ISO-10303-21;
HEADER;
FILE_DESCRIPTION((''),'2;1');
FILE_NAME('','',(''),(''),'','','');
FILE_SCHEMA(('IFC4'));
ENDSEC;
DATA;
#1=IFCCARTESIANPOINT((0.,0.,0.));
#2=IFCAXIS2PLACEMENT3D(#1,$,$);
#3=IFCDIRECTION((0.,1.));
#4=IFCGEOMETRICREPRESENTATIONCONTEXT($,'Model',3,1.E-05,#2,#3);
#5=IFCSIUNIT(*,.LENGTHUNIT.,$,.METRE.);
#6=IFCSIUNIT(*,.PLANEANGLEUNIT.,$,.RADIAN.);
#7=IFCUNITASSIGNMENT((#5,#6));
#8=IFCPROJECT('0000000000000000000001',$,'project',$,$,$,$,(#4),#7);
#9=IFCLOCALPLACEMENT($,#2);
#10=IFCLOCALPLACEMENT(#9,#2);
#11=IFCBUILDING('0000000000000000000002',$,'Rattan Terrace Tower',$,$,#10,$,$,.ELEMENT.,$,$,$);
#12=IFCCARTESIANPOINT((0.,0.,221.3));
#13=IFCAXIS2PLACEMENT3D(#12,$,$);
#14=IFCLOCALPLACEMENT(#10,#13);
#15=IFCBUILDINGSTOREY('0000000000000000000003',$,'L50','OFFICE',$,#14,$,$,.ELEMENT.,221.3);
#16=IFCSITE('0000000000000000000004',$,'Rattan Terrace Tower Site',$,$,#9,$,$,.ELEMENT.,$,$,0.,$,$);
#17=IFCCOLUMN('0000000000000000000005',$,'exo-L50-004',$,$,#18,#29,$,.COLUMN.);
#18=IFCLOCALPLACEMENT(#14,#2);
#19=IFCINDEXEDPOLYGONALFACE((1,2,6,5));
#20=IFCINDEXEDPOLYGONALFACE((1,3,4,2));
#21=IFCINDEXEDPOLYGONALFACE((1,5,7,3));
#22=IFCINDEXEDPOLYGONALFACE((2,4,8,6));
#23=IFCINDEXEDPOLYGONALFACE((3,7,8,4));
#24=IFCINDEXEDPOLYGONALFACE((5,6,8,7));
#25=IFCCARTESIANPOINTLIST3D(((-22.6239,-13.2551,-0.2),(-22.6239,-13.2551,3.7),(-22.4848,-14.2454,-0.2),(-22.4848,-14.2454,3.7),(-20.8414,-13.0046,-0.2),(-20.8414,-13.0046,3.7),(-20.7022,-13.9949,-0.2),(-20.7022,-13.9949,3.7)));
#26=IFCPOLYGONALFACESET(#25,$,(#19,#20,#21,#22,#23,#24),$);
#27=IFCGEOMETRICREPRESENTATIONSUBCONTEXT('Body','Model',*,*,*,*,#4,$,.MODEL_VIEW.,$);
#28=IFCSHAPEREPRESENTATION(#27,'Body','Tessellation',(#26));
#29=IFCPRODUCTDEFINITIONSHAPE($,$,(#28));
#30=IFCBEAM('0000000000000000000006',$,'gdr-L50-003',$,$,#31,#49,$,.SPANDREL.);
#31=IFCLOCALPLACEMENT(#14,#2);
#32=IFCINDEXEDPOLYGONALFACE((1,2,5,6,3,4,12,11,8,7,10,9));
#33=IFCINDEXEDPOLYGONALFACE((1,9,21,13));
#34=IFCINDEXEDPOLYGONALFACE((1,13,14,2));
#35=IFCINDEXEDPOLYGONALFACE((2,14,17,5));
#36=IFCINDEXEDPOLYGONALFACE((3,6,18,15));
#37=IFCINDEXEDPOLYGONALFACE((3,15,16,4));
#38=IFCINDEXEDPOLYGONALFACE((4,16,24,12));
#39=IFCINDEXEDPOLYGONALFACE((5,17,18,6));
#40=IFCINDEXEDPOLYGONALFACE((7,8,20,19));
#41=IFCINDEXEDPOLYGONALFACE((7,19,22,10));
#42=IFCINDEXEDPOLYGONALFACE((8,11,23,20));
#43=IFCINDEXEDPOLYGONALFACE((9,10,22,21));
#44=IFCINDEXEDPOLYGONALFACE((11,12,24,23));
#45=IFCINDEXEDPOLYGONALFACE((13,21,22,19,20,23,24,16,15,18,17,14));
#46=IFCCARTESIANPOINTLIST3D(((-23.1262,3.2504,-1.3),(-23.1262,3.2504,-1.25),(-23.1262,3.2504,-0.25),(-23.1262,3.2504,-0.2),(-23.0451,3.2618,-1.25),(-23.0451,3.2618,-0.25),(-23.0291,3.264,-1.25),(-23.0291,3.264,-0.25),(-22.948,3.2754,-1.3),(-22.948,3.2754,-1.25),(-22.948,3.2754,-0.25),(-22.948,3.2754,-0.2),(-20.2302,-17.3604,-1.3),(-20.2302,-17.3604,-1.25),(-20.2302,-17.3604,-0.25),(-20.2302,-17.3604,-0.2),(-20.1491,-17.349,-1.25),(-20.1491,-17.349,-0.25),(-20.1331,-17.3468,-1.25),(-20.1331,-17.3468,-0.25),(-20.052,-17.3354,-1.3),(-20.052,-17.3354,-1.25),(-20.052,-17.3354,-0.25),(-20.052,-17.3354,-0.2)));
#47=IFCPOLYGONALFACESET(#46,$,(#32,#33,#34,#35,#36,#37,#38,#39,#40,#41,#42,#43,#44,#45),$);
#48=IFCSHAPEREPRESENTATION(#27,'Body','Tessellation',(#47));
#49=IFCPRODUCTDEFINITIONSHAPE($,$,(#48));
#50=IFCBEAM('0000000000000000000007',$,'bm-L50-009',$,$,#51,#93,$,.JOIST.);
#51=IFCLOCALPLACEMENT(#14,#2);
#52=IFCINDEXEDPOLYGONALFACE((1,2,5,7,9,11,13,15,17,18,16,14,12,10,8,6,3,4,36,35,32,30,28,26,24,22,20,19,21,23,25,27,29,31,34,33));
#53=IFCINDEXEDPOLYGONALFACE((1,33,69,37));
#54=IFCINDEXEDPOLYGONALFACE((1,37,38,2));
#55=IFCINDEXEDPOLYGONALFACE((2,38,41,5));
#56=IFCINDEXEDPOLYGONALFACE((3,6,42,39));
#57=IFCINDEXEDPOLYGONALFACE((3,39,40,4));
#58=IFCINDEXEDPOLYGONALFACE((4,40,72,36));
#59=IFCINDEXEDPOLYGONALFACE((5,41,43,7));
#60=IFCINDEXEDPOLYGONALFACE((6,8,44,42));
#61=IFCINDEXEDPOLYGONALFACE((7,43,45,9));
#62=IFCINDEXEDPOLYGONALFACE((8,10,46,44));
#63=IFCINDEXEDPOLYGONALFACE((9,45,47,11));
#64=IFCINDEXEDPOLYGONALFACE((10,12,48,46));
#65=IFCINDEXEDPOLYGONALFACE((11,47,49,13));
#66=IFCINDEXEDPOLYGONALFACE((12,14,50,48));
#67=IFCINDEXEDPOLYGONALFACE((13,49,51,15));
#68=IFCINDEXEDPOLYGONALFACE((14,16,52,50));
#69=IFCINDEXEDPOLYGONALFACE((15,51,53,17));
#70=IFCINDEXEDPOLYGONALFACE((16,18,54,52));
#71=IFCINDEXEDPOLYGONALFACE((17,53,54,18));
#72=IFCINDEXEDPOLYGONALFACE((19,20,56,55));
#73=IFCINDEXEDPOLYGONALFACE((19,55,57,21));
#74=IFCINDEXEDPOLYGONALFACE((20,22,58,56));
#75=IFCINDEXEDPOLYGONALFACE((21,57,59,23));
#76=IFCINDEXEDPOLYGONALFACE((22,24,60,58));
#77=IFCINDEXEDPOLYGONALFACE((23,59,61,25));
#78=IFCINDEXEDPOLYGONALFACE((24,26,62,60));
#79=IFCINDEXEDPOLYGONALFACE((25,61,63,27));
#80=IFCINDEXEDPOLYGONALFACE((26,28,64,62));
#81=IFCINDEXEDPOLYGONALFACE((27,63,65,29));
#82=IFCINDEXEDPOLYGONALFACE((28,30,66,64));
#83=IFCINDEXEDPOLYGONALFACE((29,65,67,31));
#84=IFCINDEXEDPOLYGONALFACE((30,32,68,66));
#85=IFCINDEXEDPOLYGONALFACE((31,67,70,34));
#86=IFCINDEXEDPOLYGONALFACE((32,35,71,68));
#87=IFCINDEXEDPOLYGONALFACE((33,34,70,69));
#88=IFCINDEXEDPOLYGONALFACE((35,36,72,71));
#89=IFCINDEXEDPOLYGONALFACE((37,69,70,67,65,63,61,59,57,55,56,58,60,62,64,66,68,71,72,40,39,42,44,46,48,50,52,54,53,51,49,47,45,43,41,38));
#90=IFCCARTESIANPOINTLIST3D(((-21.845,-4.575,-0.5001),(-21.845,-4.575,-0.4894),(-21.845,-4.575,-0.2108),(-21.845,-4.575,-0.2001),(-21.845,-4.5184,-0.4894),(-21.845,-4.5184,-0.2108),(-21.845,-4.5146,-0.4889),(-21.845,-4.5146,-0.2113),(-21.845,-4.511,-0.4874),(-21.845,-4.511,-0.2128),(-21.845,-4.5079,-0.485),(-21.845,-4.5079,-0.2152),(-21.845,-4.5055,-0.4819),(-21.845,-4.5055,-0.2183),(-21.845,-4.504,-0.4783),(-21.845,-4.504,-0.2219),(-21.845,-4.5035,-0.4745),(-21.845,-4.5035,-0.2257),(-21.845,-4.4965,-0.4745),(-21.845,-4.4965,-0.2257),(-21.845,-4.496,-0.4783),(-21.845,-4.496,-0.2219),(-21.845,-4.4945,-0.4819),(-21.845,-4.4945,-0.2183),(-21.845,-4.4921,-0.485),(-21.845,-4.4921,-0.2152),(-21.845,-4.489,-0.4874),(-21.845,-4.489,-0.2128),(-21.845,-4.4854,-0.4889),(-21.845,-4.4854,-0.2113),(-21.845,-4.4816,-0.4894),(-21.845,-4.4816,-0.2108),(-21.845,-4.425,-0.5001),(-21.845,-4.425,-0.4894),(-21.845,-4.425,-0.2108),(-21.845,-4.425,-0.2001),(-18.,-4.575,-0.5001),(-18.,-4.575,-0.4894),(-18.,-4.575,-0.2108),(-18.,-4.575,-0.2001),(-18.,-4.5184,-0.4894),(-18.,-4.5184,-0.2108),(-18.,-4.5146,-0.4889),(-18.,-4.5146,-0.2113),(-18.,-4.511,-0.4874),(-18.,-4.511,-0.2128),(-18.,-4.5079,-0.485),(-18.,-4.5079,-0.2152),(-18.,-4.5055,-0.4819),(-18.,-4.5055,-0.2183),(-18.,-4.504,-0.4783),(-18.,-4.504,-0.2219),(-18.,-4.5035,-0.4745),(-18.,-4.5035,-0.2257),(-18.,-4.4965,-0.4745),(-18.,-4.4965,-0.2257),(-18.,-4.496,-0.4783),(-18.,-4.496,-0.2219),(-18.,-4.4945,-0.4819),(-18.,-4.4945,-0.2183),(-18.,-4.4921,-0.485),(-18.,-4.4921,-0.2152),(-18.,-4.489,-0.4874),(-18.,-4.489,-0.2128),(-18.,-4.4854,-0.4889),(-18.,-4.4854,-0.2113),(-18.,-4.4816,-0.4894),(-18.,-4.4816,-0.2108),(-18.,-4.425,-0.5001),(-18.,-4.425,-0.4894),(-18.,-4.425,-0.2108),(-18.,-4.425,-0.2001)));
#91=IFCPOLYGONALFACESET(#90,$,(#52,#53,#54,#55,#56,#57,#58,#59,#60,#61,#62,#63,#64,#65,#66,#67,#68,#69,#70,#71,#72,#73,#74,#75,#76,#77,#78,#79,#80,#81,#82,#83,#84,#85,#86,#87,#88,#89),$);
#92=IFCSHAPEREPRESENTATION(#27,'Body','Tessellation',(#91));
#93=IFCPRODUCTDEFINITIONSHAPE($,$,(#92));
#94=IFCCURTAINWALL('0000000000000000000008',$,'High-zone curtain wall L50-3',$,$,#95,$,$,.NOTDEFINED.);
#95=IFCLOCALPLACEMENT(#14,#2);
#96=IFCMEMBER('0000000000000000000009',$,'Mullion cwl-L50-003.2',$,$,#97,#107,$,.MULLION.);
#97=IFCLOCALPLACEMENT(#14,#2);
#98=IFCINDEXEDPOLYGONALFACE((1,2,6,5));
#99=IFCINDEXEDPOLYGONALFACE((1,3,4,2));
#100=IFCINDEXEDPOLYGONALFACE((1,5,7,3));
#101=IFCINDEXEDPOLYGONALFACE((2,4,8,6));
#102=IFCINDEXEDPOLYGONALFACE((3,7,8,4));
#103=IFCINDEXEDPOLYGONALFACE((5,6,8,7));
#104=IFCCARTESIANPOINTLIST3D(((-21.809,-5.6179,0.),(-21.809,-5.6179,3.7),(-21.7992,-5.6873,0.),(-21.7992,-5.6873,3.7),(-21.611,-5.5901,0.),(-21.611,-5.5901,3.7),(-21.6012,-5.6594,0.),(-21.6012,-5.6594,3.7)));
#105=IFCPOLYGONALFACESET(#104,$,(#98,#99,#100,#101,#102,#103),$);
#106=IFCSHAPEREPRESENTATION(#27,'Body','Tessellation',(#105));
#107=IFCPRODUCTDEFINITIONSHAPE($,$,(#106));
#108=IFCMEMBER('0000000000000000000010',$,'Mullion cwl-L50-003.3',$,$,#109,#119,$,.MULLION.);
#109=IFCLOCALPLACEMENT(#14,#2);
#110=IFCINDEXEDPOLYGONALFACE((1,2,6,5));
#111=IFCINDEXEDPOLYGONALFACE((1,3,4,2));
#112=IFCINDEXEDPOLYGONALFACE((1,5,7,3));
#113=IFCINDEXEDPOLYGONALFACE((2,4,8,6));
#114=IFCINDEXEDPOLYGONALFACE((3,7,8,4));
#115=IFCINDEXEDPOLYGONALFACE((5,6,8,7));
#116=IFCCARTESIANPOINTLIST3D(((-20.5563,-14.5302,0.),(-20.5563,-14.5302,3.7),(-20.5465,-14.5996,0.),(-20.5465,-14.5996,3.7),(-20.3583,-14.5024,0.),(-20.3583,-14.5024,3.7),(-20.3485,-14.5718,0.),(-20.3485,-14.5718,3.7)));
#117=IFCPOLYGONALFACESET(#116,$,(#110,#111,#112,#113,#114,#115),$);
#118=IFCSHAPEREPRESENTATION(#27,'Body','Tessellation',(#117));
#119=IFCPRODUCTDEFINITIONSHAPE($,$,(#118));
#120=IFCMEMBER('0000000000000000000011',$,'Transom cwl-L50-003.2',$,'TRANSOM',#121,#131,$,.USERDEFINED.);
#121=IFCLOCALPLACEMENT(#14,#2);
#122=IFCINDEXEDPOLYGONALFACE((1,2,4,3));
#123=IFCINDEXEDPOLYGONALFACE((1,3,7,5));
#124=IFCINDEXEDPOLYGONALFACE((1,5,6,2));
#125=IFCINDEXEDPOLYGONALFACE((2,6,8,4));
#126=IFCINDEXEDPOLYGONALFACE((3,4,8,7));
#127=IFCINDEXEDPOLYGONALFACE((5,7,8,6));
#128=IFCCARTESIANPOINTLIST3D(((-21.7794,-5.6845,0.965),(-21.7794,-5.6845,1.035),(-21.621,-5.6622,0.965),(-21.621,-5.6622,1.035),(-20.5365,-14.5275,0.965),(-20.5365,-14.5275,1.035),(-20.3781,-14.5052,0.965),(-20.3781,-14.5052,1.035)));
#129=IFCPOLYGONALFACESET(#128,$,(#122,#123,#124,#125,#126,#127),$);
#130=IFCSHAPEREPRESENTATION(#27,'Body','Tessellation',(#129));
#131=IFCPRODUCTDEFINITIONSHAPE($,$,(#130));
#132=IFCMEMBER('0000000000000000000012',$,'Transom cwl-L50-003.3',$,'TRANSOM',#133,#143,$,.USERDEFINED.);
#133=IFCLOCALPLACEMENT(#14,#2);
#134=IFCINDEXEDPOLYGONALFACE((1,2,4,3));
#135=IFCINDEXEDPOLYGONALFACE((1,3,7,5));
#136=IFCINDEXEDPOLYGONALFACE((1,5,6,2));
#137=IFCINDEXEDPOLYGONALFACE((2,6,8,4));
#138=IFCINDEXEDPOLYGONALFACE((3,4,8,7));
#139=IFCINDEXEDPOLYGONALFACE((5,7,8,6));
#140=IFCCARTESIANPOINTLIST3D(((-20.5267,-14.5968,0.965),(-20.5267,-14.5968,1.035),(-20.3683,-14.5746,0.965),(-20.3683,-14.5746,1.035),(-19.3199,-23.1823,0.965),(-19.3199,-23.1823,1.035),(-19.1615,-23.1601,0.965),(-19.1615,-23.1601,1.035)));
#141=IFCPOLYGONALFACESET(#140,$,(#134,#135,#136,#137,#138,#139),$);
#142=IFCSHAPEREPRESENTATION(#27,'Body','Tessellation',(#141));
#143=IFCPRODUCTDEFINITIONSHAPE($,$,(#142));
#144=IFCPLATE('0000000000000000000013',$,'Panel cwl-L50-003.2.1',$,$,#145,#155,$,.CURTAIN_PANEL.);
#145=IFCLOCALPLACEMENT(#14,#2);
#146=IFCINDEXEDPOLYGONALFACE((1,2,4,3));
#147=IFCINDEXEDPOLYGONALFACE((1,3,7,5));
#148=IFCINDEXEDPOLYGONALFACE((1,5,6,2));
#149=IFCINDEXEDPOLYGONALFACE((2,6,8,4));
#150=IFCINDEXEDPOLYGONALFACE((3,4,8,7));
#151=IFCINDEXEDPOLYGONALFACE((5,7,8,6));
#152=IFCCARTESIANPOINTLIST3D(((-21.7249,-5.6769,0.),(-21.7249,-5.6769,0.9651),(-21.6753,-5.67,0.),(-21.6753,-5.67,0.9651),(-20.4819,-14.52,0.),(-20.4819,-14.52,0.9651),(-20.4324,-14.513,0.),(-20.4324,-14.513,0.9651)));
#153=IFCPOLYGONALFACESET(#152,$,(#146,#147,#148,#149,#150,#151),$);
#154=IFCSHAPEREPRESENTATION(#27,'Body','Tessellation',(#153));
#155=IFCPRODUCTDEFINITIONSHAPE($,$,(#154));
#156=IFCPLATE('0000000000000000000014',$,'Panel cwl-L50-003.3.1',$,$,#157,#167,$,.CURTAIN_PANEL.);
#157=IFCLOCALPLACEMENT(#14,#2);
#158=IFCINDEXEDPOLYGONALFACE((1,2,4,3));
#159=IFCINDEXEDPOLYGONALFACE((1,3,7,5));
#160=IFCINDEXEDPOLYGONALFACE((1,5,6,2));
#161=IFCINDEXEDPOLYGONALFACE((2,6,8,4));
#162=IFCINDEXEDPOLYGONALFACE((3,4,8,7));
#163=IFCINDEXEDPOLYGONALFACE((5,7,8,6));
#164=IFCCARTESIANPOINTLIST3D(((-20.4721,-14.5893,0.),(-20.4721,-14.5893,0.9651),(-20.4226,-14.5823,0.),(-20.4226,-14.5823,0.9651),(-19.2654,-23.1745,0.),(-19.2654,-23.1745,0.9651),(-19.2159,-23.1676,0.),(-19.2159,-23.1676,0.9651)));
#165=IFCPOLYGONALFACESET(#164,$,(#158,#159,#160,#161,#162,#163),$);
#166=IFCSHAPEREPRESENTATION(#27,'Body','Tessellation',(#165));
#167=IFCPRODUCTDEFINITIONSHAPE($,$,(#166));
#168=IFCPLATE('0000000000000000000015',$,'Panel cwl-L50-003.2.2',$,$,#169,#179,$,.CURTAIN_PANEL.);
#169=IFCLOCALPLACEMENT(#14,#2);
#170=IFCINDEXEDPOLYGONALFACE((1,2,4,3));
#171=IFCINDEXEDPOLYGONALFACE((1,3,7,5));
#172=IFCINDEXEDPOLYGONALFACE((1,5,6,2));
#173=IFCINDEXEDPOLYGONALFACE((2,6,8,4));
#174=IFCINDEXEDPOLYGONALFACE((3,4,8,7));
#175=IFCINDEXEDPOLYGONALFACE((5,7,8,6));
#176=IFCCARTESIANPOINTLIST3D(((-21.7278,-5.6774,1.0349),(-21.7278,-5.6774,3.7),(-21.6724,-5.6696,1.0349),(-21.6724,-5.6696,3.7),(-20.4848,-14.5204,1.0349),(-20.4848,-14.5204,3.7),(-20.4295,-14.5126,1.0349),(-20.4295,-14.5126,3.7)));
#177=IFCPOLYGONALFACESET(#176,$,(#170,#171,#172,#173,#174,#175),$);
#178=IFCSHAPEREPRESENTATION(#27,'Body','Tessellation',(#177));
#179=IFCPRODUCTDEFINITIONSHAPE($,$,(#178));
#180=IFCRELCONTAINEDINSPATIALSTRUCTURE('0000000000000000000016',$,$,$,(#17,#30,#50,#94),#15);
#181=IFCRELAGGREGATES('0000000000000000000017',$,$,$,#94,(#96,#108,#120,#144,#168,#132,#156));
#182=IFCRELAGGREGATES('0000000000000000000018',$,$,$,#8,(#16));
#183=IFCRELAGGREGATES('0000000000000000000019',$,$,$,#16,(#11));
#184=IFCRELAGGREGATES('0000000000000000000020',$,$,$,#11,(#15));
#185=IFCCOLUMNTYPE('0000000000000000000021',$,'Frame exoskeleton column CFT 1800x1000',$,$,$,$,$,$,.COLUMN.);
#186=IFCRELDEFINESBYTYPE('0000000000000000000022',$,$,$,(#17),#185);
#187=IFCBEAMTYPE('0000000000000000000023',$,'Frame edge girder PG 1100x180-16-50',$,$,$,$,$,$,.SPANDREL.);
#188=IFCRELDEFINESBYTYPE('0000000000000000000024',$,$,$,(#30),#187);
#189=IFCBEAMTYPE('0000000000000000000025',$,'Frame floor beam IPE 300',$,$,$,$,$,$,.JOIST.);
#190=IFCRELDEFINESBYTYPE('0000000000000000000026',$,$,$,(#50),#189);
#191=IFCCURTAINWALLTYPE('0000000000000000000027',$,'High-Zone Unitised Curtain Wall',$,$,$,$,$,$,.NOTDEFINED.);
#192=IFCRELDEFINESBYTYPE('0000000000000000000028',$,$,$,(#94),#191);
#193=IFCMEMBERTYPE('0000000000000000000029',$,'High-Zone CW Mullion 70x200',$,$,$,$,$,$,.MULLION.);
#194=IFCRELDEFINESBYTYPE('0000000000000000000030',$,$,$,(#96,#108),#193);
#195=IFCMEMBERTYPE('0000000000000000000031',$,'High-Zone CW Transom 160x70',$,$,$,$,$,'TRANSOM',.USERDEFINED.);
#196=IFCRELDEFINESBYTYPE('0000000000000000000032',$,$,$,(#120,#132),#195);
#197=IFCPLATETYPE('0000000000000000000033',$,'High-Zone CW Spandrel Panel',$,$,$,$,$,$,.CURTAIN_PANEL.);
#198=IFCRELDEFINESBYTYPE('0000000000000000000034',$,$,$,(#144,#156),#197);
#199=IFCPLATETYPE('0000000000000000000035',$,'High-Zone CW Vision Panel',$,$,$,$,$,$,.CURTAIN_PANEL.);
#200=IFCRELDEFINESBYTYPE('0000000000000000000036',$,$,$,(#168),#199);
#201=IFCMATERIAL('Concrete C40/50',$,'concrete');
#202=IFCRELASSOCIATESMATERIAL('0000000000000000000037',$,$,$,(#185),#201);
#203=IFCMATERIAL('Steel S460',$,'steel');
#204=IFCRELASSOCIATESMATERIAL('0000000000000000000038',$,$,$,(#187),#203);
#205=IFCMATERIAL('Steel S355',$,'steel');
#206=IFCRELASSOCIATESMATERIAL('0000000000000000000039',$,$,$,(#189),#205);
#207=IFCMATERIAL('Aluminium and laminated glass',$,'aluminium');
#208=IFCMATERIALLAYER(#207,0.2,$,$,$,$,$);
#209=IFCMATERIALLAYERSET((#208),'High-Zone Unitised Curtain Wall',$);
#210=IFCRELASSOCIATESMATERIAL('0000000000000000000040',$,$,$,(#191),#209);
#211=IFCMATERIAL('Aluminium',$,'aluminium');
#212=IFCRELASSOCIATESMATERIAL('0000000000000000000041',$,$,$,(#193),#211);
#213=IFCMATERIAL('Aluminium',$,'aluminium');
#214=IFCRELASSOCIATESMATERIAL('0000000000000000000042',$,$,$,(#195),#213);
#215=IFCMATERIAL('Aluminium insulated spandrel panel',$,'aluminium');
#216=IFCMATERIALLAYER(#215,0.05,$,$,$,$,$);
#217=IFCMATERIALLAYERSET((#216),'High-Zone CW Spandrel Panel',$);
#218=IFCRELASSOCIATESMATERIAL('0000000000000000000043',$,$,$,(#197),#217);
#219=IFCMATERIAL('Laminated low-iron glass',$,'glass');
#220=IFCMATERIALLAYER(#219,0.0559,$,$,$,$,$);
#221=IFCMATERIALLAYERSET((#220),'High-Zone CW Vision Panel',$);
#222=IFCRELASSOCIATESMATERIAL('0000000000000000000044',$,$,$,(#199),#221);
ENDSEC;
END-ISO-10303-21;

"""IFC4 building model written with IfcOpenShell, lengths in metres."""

from ifc_helpers import new_model, si_unit, direction, frame, origin, origin_2d, place, context, subcontext, project, spatial, rectangle, i_section, extrude, material, layer, layer_set, material_profile, profile_set, type_object, element, aggregate, save


model = new_model("IFC4")

# Units and contexts
model_context = context("Model", 3, precision=1e-05, world=origin(), true_north=direction((0.0, 1.0)))
body_context = subcontext(model_context, "Body", "Model", "MODEL_VIEW")
ifc_project = project(units=[si_unit("LENGTHUNIT", "METRE"), si_unit("PLANEANGLEUNIT", "RADIAN")], contexts=[model_context])

# Site, building, storey
site_placement = place(None, origin())
site = spatial("IfcSite", under=ifc_project, at=site_placement, Name="Rattan Terrace Tower Site", CompositionType="ELEMENT", RefElevation=0.0)
building_placement = place(site_placement, origin())
building = spatial("IfcBuilding", under=site, at=building_placement, Name="Rattan Terrace Tower", CompositionType="ELEMENT")
storey_placement = place(building_placement, frame((0.0, 0.0, 221.3)))
storey = spatial("IfcBuildingStorey", under=building, at=storey_placement, Name="L50", Description="OFFICE", CompositionType="ELEMENT", Elevation=221.3)

# Column
ifc_material_1 = material(Name="Concrete C40/50", Category="concrete")
ifc_material_profile_1 = material_profile(ifc_material_1, rectangle(XDim=1.0, YDim=1.8, at=origin_2d()), Name="CFT 1800x1000")
ifc_profile_set_1 = profile_set([ifc_material_profile_1], Name="Concrete C40/50")
column_type = type_object("IfcColumnType", Name="Frame exoskeleton column CFT 1800x1000", PredefinedType="COLUMN", material=ifc_profile_set_1)
column_placement = place(storey_placement, frame((-21.6631, -13.625, -0.2), z_axis=(0.0, 0.0, 1.0), x_axis=(-0.13919, 0.990266, 0.0)))
element("IfcColumn", 1, at=column_placement, inside=storey, type_object=column_type, Name="exo-L50-004", PredefinedType="COLUMN", context=body_context, shape_type="SweptSolid", body=[
    extrude(rectangle(XDim=1.0, YDim=1.8, at=origin_2d()), origin(), (0.0, 0.0, 1.0), 3.8999),
])

# Beams
ifc_material_2 = material(Name="Steel S460", Category="steel")
ifc_material_profile_2 = material_profile(ifc_material_2, i_section(OverallWidth=0.1799, OverallDepth=1.1001, WebThickness=0.0161, FlangeThickness=0.05, at=origin_2d()), Name="PG 1100x180-16-50")
ifc_profile_set_2 = profile_set([ifc_material_profile_2], Name="Steel S460")
beam_type_1 = type_object("IfcBeamType", Name="Frame edge girder PG 1100x180-16-50", PredefinedType="SPANDREL", material=ifc_profile_set_2)
beam_1_placement = place(storey_placement, frame((-20.1411, -17.3479, -0.75), z_axis=(-0.139142, 0.990272, 0.0), x_axis=(-0.990272, -0.139142, 0.0)))
element("IfcBeam", 2, at=beam_1_placement, inside=storey, type_object=beam_type_1, Name="gdr-L50-003", PredefinedType="SPANDREL", context=body_context, shape_type="SweptSolid", body=[
    extrude(i_section(OverallWidth=0.1799, OverallDepth=1.1001, WebThickness=0.0161, FlangeThickness=0.05, at=origin_2d()), origin(), (0.0, 0.0, 1.0), 20.8132),
])
ifc_material_3 = material(Name="Steel S355", Category="steel")
ifc_material_profile_3 = material_profile(ifc_material_3, i_section(OverallWidth=0.1499, OverallDepth=0.3, WebThickness=0.0071, FlangeThickness=0.0107, FilletRadius=0.0149, at=origin_2d()), Name="IPE 300")
ifc_profile_set_3 = profile_set([ifc_material_profile_3], Name="Steel S355")
beam_type_2 = type_object("IfcBeamType", Name="Frame floor beam IPE 300", PredefinedType="JOIST", material=ifc_profile_set_3)
beam_2_placement = place(storey_placement, frame((-21.845, -4.5, -0.3501), z_axis=(1.0, 0.0, 0.0), x_axis=(0.0, 1.0, 0.0)))
element("IfcBeam", 3, at=beam_2_placement, inside=storey, type_object=beam_type_2, Name="bm-L50-009", PredefinedType="JOIST", context=body_context, shape_type="SweptSolid", body=[
    extrude(i_section(OverallWidth=0.1499, OverallDepth=0.3, WebThickness=0.0071, FlangeThickness=0.0107, FilletRadius=0.0149, at=origin_2d()), origin(), (0.0, 0.0, 1.0), 3.845),
])

# Curtain wall, members, plates
ifc_material_4 = material(Name="Aluminium and laminated glass", Category="aluminium")
ifc_layer_1 = layer(ifc_material_4, 0.2)
ifc_layer_set_1 = layer_set([ifc_layer_1], Name="High-Zone Unitised Curtain Wall")
curtain_wall_type = type_object("IfcCurtainWallType", Name="High-Zone Unitised Curtain Wall", PredefinedType="NOTDEFINED", material=ifc_layer_set_1)
curtain_wall_placement = place(storey_placement, origin())
curtain_wall = element("IfcCurtainWall", 4, at=curtain_wall_placement, inside=storey, type_object=curtain_wall_type, Name="High-zone curtain wall L50-3", PredefinedType="NOTDEFINED")
ifc_material_5 = material(Name="Aluminium", Category="aluminium")
ifc_material_profile_4 = material_profile(ifc_material_5, rectangle(XDim=0.0701, YDim=0.2, at=origin_2d()), Name="Aluminium 70x200")
ifc_profile_set_4 = profile_set([ifc_material_profile_4], Name="Aluminium")
member_type_1 = type_object("IfcMemberType", Name="High-Zone CW Mullion 70x200", PredefinedType="MULLION", material=ifc_profile_set_4)
member_1_placement = place(storey_placement, frame((-21.7051, -5.6387, 0.0), z_axis=(0.0, 0.0, 1.0), x_axis=(0.139186, -0.990266, 0.0)))
member_1 = element("IfcMember", 5, at=member_1_placement, type_object=member_type_1, Name="Mullion cwl-L50-003.2", PredefinedType="MULLION", context=body_context, shape_type="SweptSolid", body=[
    extrude(rectangle(XDim=0.0701, YDim=0.2, at=origin_2d()), origin(), (0.0, 0.0, 1.0), 3.7),
])
member_2_placement = place(storey_placement, frame((-20.4524, -14.551, 0.0), z_axis=(0.0, 0.0, 1.0), x_axis=(0.139186, -0.990266, 0.0)))
member_2 = element("IfcMember", 6, at=member_2_placement, type_object=member_type_1, Name="Mullion cwl-L50-003.3", PredefinedType="MULLION", context=body_context, shape_type="SweptSolid", body=[
    extrude(rectangle(XDim=0.0701, YDim=0.2, at=origin_2d()), origin(), (0.0, 0.0, 1.0), 3.7),
])
ifc_material_6 = material(Name="Aluminium", Category="aluminium")
ifc_material_profile_5 = material_profile(ifc_material_6, rectangle(XDim=0.1599, YDim=0.0701, at=origin_2d()), Name="Aluminium 160x70")
ifc_profile_set_5 = profile_set([ifc_material_profile_5], Name="Aluminium")
member_type_2 = type_object("IfcMemberType", Name="High-Zone CW Transom 160x70", ElementType="TRANSOM", PredefinedType="USERDEFINED", material=ifc_profile_set_5)
member_3_placement = place(storey_placement, frame((-21.7002, -5.6733, 1.0), z_axis=(0.139186, -0.990266, 0.0), x_axis=(0.990266, 0.139186, 0.0)))
member_3 = element("IfcMember", 7, at=member_3_placement, type_object=member_type_2, Name="Transom cwl-L50-003.2", ObjectType="TRANSOM", PredefinedType="USERDEFINED", context=body_context, shape_type="SweptSolid", body=[
    extrude(rectangle(XDim=0.1599, YDim=0.0701, at=origin_2d()), origin(), (0.0, 0.0, 1.0), 8.9299),
])
member_4_placement = place(storey_placement, frame((-20.4475, -14.5857, 1.0), z_axis=(0.139194, -0.990265, 0.0), x_axis=(0.990265, 0.139194, 0.0)))
member_4 = element("IfcMember", 8, at=member_4_placement, type_object=member_type_2, Name="Transom cwl-L50-003.3", ObjectType="TRANSOM", PredefinedType="USERDEFINED", context=body_context, shape_type="SweptSolid", body=[
    extrude(rectangle(XDim=0.1599, YDim=0.0701, at=origin_2d()), origin(), (0.0, 0.0, 1.0), 8.6699),
])
ifc_material_7 = material(Name="Aluminium insulated spandrel panel", Category="aluminium")
ifc_layer_2 = layer(ifc_material_7, 0.05)
ifc_layer_set_2 = layer_set([ifc_layer_2], Name="High-Zone CW Spandrel Panel")
plate_type_1 = type_object("IfcPlateType", Name="High-Zone CW Spandrel Panel", PredefinedType="CURTAIN_PANEL", material=ifc_layer_set_2)
plate_1_placement = place(storey_placement, frame((-21.0786, -10.095, 0.0), z_axis=(0.0, 0.0, 1.0), x_axis=(0.139186, -0.990266, 0.0)))
plate_1 = element("IfcPlate", 9, at=plate_1_placement, type_object=plate_type_1, Name="Panel cwl-L50-003.2.1", PredefinedType="CURTAIN_PANEL", context=body_context, shape_type="SweptSolid", body=[
    extrude(rectangle(XDim=8.9299, YDim=0.05, at=origin_2d()), origin(), (0.0, 0.0, 1.0), 0.9651),
])
plate_2_placement = place(storey_placement, frame((-19.844, -18.8784, 0.0), z_axis=(0.0, 0.0, 1.0), x_axis=(0.139186, -0.990266, 0.0)))
plate_2 = element("IfcPlate", 10, at=plate_2_placement, type_object=plate_type_1, Name="Panel cwl-L50-003.3.1", PredefinedType="CURTAIN_PANEL", context=body_context, shape_type="SweptSolid", body=[
    extrude(rectangle(XDim=8.6697, YDim=0.05, at=origin_2d()), origin(), (0.0, 0.0, 1.0), 0.9651),
])
ifc_material_8 = material(Name="Laminated low-iron glass", Category="glass")
ifc_layer_3 = layer(ifc_material_8, 0.0559)
ifc_layer_set_3 = layer_set([ifc_layer_3], Name="High-Zone CW Vision Panel")
plate_type_2 = type_object("IfcPlateType", Name="High-Zone CW Vision Panel", PredefinedType="CURTAIN_PANEL", material=ifc_layer_set_3)
plate_3_placement = place(storey_placement, frame((-21.0786, -10.095, 1.0349), z_axis=(0.0, 0.0, 1.0), x_axis=(0.139186, -0.990266, 0.0)))
plate_3 = element("IfcPlate", 11, at=plate_3_placement, type_object=plate_type_2, Name="Panel cwl-L50-003.2.2", PredefinedType="CURTAIN_PANEL", context=body_context, shape_type="SweptSolid", body=[
    extrude(rectangle(XDim=8.9299, YDim=0.0559, at=origin_2d()), origin(), (0.0, 0.0, 1.0), 2.665),
])
aggregate(curtain_wall, [member_1, member_2, member_3, plate_1, plate_3, member_4, plate_2])

save(model, "model.ifc")
